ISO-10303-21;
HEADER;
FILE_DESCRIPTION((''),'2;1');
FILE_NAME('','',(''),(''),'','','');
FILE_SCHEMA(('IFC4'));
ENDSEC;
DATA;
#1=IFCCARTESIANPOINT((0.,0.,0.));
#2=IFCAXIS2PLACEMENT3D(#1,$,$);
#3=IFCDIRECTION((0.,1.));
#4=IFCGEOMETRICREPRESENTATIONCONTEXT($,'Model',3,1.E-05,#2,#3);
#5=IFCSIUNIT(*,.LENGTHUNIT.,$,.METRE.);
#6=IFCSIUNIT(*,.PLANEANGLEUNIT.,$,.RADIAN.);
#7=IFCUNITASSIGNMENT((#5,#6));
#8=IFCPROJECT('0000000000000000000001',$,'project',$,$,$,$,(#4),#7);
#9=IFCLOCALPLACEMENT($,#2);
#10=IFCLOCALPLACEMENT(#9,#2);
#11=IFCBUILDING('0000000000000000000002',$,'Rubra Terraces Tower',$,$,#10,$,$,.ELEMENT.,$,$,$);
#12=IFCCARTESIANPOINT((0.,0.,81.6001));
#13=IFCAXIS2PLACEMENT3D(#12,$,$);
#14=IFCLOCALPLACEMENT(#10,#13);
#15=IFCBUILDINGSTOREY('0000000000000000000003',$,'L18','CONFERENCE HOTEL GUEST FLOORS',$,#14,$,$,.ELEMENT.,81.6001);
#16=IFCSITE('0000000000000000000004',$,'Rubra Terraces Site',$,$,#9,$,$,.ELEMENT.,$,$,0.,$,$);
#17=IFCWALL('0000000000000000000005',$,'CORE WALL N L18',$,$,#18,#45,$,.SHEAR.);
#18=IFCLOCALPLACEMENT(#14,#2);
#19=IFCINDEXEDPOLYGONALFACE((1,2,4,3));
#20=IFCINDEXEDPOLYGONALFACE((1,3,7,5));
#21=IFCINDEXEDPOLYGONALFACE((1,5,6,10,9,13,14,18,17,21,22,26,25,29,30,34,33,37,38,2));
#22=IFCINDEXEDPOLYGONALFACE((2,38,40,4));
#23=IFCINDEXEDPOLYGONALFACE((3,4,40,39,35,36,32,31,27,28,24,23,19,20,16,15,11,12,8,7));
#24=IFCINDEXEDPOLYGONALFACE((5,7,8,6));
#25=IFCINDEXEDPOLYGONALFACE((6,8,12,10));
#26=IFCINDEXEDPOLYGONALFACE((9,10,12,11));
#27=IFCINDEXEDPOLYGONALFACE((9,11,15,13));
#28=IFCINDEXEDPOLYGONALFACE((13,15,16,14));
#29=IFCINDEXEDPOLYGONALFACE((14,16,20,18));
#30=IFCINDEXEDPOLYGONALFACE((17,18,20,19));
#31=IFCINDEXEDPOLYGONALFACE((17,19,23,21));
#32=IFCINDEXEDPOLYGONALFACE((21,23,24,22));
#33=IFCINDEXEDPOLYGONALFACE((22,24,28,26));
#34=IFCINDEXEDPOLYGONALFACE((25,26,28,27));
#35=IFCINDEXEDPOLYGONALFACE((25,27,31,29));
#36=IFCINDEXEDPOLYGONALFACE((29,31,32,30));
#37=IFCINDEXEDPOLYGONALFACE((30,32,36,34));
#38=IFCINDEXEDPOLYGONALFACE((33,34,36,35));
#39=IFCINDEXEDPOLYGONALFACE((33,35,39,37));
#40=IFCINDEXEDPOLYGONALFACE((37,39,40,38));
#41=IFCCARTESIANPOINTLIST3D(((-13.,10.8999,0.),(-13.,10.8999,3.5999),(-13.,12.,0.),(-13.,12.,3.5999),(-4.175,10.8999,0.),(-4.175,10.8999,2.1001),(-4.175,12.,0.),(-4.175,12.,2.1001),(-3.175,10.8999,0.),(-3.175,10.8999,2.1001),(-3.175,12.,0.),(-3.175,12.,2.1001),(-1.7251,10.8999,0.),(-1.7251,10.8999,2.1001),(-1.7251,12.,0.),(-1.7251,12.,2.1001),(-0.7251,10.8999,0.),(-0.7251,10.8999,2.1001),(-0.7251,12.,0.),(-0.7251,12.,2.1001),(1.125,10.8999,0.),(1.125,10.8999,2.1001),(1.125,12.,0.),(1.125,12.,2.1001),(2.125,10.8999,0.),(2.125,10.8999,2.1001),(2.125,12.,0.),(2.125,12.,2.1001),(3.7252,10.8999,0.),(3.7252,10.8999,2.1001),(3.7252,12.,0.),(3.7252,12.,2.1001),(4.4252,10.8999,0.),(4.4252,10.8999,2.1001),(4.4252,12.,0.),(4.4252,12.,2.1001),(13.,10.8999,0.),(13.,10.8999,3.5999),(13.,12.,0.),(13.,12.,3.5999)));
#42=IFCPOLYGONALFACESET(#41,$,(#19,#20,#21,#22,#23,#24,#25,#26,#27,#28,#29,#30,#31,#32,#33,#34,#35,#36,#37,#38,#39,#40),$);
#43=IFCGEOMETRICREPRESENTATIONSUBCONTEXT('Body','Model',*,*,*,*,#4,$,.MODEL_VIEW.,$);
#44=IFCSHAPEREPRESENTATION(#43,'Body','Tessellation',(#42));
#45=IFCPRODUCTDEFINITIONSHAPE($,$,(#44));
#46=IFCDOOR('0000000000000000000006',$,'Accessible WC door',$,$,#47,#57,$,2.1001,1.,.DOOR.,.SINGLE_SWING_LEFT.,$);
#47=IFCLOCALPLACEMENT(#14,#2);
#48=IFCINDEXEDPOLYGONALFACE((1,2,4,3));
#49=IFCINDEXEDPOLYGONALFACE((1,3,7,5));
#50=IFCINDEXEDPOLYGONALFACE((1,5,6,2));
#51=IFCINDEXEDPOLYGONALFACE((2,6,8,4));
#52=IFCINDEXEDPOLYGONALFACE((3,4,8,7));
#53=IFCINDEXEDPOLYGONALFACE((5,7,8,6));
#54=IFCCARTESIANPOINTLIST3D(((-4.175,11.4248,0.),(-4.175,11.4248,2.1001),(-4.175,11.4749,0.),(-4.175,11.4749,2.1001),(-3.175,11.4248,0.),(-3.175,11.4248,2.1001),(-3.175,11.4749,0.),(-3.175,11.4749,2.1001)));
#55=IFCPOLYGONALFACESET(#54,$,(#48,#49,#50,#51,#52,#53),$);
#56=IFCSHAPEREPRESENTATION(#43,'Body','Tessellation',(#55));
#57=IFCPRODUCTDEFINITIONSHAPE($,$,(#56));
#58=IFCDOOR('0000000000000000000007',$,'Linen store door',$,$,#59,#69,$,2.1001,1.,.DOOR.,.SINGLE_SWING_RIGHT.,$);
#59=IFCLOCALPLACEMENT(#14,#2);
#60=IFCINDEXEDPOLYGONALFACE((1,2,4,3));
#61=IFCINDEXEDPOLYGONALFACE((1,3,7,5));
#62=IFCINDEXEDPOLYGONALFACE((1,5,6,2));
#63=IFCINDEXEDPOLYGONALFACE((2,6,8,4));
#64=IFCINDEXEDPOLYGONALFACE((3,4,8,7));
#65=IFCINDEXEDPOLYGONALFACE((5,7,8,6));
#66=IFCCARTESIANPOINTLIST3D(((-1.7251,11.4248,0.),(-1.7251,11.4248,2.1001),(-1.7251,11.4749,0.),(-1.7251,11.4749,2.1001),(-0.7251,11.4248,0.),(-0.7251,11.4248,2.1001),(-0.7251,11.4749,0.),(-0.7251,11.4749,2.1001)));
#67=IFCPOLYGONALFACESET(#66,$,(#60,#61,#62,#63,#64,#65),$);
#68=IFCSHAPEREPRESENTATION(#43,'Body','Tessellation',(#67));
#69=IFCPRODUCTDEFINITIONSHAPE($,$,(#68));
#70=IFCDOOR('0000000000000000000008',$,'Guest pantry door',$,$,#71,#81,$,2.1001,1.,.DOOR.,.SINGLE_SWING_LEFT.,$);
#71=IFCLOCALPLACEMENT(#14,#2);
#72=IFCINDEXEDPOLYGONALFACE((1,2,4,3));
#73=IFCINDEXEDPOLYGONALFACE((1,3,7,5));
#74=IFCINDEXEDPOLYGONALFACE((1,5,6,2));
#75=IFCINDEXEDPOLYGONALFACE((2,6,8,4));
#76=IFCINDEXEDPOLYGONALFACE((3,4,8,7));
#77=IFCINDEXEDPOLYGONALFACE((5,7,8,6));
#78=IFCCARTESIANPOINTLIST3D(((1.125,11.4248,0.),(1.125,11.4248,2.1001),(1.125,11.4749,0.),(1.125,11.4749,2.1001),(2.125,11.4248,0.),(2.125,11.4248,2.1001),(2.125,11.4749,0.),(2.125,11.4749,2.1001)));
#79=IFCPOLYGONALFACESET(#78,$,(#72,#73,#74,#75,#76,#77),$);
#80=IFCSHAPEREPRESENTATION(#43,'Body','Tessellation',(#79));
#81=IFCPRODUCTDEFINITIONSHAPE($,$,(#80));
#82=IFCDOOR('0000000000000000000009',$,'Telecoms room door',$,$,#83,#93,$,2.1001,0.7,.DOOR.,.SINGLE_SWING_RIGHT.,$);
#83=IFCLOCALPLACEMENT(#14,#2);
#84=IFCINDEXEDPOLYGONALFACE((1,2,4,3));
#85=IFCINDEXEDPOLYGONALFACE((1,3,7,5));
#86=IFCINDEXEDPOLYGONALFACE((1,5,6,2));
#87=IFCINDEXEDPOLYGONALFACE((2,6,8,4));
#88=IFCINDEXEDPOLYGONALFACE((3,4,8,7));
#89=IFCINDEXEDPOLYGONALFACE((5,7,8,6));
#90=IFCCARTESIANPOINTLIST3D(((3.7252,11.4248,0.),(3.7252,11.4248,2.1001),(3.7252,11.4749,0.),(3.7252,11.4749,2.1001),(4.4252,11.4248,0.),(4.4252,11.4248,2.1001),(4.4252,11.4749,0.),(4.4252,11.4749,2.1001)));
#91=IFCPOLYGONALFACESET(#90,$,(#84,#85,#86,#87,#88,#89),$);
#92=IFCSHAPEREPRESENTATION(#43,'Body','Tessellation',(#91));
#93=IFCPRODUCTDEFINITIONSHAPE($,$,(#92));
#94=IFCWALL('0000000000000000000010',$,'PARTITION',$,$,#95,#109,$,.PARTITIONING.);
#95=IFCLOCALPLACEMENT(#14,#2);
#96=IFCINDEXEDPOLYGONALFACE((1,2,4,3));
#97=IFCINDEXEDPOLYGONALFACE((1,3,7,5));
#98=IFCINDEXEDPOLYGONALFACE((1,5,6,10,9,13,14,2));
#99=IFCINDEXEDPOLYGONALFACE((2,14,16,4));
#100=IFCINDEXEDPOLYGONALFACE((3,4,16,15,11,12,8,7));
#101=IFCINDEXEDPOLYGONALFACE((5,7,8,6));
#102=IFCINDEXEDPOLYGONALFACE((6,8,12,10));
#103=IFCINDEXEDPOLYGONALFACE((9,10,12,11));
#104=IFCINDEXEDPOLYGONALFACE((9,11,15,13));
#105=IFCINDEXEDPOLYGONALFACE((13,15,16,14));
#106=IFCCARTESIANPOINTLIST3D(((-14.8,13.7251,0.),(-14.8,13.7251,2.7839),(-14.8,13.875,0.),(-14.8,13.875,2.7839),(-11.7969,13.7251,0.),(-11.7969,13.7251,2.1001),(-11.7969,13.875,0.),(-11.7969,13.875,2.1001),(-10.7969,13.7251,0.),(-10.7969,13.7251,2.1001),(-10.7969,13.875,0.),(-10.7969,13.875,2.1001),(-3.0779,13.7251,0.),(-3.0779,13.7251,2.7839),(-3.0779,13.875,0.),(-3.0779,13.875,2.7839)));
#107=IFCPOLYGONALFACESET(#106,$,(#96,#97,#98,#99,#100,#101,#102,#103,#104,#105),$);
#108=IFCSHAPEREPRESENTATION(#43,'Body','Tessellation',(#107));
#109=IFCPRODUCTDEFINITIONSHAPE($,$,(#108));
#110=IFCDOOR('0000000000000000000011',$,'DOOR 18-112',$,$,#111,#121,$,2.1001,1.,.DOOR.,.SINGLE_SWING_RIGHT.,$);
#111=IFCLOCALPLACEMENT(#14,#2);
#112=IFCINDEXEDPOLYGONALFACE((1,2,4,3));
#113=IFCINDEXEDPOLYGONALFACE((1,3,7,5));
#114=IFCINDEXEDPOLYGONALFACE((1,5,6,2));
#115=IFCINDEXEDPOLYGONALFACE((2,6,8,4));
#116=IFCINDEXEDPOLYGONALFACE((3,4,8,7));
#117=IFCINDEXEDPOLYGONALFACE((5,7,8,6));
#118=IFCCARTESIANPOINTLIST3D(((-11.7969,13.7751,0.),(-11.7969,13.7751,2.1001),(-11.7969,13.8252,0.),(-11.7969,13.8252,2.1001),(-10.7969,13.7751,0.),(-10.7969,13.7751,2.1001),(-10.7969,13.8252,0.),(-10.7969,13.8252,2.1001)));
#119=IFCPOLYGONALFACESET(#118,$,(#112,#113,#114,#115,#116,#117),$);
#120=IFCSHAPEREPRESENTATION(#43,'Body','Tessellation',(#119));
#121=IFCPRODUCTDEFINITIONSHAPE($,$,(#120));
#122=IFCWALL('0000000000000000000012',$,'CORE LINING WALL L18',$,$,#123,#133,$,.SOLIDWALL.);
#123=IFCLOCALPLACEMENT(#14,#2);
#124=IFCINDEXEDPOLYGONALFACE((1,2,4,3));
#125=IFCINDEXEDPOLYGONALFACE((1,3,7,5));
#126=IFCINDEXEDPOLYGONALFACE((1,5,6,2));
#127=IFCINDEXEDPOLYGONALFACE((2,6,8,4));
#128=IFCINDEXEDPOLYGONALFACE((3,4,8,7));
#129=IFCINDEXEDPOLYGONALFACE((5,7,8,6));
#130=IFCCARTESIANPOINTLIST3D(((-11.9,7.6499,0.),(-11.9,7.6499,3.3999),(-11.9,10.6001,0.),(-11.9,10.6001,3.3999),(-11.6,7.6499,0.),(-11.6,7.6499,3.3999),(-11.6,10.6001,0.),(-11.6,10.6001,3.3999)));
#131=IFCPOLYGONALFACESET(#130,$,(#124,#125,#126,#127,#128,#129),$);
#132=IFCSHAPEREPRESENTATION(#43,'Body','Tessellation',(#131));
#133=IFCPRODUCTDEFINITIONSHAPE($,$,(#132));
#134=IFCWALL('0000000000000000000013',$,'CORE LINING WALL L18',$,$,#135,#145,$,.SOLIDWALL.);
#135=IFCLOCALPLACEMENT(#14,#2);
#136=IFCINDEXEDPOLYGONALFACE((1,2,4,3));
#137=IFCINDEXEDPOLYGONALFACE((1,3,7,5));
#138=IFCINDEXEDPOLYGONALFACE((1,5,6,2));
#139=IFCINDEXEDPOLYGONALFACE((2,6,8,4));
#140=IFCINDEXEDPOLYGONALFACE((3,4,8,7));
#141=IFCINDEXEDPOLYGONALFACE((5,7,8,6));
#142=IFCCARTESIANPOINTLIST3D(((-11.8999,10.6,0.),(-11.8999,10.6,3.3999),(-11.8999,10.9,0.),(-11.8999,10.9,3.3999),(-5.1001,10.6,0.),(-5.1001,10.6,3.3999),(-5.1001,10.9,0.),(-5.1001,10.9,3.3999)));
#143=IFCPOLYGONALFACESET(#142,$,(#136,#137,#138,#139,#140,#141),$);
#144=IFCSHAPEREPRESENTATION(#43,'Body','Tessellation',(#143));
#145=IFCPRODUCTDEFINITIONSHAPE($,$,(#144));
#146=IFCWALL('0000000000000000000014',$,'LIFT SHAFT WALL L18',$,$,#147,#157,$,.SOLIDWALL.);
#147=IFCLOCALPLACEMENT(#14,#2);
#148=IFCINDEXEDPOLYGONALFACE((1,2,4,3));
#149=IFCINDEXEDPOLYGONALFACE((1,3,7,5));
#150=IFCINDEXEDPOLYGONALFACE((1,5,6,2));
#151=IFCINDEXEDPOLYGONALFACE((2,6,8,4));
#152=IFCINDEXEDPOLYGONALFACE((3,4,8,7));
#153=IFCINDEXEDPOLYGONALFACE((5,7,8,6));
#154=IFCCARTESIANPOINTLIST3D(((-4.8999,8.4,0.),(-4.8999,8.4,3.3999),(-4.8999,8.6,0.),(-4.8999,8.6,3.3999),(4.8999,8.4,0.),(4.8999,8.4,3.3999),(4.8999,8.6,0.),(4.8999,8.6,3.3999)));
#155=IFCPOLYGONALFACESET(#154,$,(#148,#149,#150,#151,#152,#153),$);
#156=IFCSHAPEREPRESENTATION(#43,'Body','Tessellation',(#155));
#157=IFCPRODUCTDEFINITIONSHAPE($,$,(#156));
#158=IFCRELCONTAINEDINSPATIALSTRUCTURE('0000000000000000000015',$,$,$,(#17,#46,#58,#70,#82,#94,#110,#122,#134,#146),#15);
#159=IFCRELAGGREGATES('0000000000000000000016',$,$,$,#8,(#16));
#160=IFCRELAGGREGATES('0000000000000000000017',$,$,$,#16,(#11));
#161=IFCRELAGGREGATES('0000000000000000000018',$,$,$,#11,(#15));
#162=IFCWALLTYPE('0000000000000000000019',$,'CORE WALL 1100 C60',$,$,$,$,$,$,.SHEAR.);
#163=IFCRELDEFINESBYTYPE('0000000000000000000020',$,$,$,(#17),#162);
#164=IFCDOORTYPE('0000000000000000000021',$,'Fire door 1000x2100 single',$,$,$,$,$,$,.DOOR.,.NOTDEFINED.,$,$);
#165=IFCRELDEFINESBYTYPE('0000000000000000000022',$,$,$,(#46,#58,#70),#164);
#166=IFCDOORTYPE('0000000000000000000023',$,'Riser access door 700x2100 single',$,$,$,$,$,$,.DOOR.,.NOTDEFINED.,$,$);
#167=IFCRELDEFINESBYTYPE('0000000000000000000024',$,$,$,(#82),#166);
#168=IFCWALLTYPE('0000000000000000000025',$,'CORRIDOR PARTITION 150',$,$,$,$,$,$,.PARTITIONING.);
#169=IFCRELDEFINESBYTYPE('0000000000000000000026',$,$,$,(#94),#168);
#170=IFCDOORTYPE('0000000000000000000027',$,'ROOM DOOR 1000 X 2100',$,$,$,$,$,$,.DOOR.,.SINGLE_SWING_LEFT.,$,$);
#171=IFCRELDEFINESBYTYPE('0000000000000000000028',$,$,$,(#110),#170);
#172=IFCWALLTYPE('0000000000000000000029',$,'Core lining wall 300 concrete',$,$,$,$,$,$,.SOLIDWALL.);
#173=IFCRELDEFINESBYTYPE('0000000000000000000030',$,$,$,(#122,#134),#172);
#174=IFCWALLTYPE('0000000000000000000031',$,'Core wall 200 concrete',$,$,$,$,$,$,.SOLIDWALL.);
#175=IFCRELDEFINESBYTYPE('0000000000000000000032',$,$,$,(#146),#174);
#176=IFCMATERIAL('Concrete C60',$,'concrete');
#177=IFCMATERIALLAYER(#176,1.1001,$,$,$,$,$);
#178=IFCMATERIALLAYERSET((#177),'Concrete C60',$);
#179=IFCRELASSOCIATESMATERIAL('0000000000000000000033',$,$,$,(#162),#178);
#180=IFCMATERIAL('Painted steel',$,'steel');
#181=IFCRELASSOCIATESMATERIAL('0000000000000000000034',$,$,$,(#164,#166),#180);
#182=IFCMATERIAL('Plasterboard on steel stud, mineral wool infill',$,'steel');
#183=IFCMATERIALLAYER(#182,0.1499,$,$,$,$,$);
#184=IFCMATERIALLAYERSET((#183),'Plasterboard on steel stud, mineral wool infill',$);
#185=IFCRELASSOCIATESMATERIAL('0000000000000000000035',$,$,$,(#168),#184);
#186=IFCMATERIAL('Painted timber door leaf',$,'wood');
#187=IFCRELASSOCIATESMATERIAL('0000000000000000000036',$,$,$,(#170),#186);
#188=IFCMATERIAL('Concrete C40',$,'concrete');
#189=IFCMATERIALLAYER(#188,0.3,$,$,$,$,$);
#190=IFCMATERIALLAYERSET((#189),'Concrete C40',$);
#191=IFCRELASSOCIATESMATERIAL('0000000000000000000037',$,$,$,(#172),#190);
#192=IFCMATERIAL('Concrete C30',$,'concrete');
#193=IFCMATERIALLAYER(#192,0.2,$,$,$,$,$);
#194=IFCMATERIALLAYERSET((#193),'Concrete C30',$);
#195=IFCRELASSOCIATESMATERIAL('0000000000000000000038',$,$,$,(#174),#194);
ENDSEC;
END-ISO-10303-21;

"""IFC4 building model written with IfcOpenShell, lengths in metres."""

from ifc_helpers import new_model, si_unit, direction, frame, frame_2d, origin, place, context, subcontext, project, spatial, rectangle, extrude, material, layer, layer_set, type_object, element, fill, save


model = new_model("IFC4")

# Units and contexts
model_context = context("Model", 3, precision=1e-05, world=origin(), true_north=direction((0.0, 1.0)))
body_context = subcontext(model_context, "Body", "Model", "MODEL_VIEW")
ifc_project = project(units=[si_unit("LENGTHUNIT", "METRE"), si_unit("PLANEANGLEUNIT", "RADIAN")], contexts=[model_context])

# Site, building, storey
site_placement = place(None, origin())
site = spatial("IfcSite", under=ifc_project, at=site_placement, Name="Rubra Terraces Site", CompositionType="ELEMENT", RefElevation=0.0)
building_placement = place(site_placement, origin())
building = spatial("IfcBuilding", under=site, at=building_placement, Name="Rubra Terraces Tower", CompositionType="ELEMENT")
storey_placement = place(building_placement, frame((0.0, 0.0, 81.6001)))
storey = spatial("IfcBuildingStorey", under=building, at=storey_placement, Name="L18", Description="CONFERENCE HOTEL GUEST FLOORS", CompositionType="ELEMENT", Elevation=81.6001)

# Wall, openings, doors
ifc_material_1 = material(Name="Concrete C60", Category="concrete")
ifc_layer_1 = layer(ifc_material_1, 1.1001)
ifc_layer_set_1 = layer_set([ifc_layer_1], Name="Concrete C60")
wall_type_1 = type_object("IfcWallType", Name="CORE WALL 1100 C60", PredefinedType="SHEAR", material=ifc_layer_set_1)
wall_1_placement = place(storey_placement, frame((-13.0, 11.45, 0.0), z_axis=(0.0, 0.0, 1.0), x_axis=(1.0, 0.0, 0.0)))
wall_1 = element("IfcWall", 1, at=wall_1_placement, inside=storey, type_object=wall_type_1, Name="CORE WALL N L18", PredefinedType="SHEAR", context=body_context, shape_type="SweptSolid", body=[
    extrude(rectangle(XDim=26.0, YDim=1.1001, at=frame_2d((13.0, 0.0))), origin(), (0.0, 0.0, 1.0), 3.5999),
])
opening_1_placement = place(wall_1_placement, frame((8.825, 0.0, 0.0)))
opening_1 = element("IfcOpeningElement", 2, at=opening_1_placement, cuts=wall_1, PredefinedType="OPENING", context=body_context, shape_type="SweptSolid", body=[
    extrude(rectangle(XDim=1.0, YDim=2.1001, at=frame_2d((0.5, 1.05))), frame((0.0, 0.5601, 0.0), z_axis=(0.0, -1.0, 0.0), x_axis=(1.0, 0.0, 0.0)), (0.0, 0.0, 1.0), 1.1201),
])
opening_2_placement = place(wall_1_placement, frame((11.2749, 0.0, 0.0)))
opening_2 = element("IfcOpeningElement", 3, at=opening_2_placement, cuts=wall_1, PredefinedType="OPENING", context=body_context, shape_type="SweptSolid", body=[
    extrude(rectangle(XDim=1.0, YDim=2.1001, at=frame_2d((0.5, 1.05))), frame((0.0, 0.5601, 0.0), z_axis=(0.0, -1.0, 0.0), x_axis=(1.0, 0.0, 0.0)), (0.0, 0.0, 1.0), 1.1201),
])
opening_3_placement = place(wall_1_placement, frame((14.125, 0.0, 0.0)))
opening_3 = element("IfcOpeningElement", 4, at=opening_3_placement, cuts=wall_1, PredefinedType="OPENING", context=body_context, shape_type="SweptSolid", body=[
    extrude(rectangle(XDim=1.0, YDim=2.1001, at=frame_2d((0.5, 1.05))), frame((0.0, 0.5601, 0.0), z_axis=(0.0, -1.0, 0.0), x_axis=(1.0, 0.0, 0.0)), (0.0, 0.0, 1.0), 1.1201),
])
opening_4_placement = place(wall_1_placement, frame((16.7251, 0.0, 0.0)))
opening_4 = element("IfcOpeningElement", 5, at=opening_4_placement, cuts=wall_1, PredefinedType="OPENING", context=body_context, shape_type="SweptSolid", body=[
    extrude(rectangle(XDim=0.7, YDim=2.1001, at=frame_2d((0.3501, 1.05))), frame((0.0, 0.5601, 0.0), z_axis=(0.0, -1.0, 0.0), x_axis=(1.0, 0.0, 0.0)), (0.0, 0.0, 1.0), 1.1201),
])
ifc_material_2 = material(Name="Painted steel", Category="steel")
door_type_1 = type_object("IfcDoorType", Name="Fire door 1000x2100 single", OperationType="NOTDEFINED", PredefinedType="DOOR", material=ifc_material_2)
door_1_placement = place(opening_1_placement, origin())
door_1 = element("IfcDoor", 6, at=door_1_placement, inside=storey, type_object=door_type_1, Name="Accessible WC door", OperationType="SINGLE_SWING_LEFT", OverallHeight=2.1001, OverallWidth=1.0, PredefinedType="DOOR", context=body_context, shape_type="SweptSolid", body=[
    extrude(rectangle(XDim=1.0, YDim=2.1001, at=frame_2d((0.5, 1.05))), frame((0.0, 0.0249, 0.0), z_axis=(0.0, -1.0, 0.0), x_axis=(1.0, 0.0, 0.0)), (0.0, 0.0, 1.0), 0.05),
])
fill(opening_1, door_1)
door_2_placement = place(opening_2_placement, origin())
door_2 = element("IfcDoor", 7, at=door_2_placement, inside=storey, type_object=door_type_1, Name="Linen store door", OperationType="SINGLE_SWING_RIGHT", OverallHeight=2.1001, OverallWidth=1.0, PredefinedType="DOOR", context=body_context, shape_type="SweptSolid", body=[
    extrude(rectangle(XDim=1.0, YDim=2.1001, at=frame_2d((0.5, 1.05))), frame((0.0, 0.0249, 0.0), z_axis=(0.0, -1.0, 0.0), x_axis=(1.0, 0.0, 0.0)), (0.0, 0.0, 1.0), 0.05),
])
fill(opening_2, door_2)
door_3_placement = place(opening_3_placement, origin())
door_3 = element("IfcDoor", 8, at=door_3_placement, inside=storey, type_object=door_type_1, Name="Guest pantry door", OperationType="SINGLE_SWING_LEFT", OverallHeight=2.1001, OverallWidth=1.0, PredefinedType="DOOR", context=body_context, shape_type="SweptSolid", body=[
    extrude(rectangle(XDim=1.0, YDim=2.1001, at=frame_2d((0.5, 1.05))), frame((0.0, 0.0249, 0.0), z_axis=(0.0, -1.0, 0.0), x_axis=(1.0, 0.0, 0.0)), (0.0, 0.0, 1.0), 0.05),
])
fill(opening_3, door_3)
door_type_2 = type_object("IfcDoorType", Name="Riser access door 700x2100 single", OperationType="NOTDEFINED", PredefinedType="DOOR", material=ifc_material_2)
door_4_placement = place(opening_4_placement, origin())
door_4 = element("IfcDoor", 9, at=door_4_placement, inside=storey, type_object=door_type_2, Name="Telecoms room door", OperationType="SINGLE_SWING_RIGHT", OverallHeight=2.1001, OverallWidth=0.7, PredefinedType="DOOR", context=body_context, shape_type="SweptSolid", body=[
    extrude(rectangle(XDim=0.7, YDim=2.1001, at=frame_2d((0.3501, 1.05))), frame((0.0, 0.0249, 0.0), z_axis=(0.0, -1.0, 0.0), x_axis=(1.0, 0.0, 0.0)), (0.0, 0.0, 1.0), 0.05),
])
fill(opening_4, door_4)

# Wall, opening, door
ifc_material_3 = material(Name="Plasterboard on steel stud, mineral wool infill", Category="steel")
ifc_layer_2 = layer(ifc_material_3, 0.1499)
ifc_layer_set_2 = layer_set([ifc_layer_2], Name="Plasterboard on steel stud, mineral wool infill")
wall_type_2 = type_object("IfcWallType", Name="CORRIDOR PARTITION 150", PredefinedType="PARTITIONING", material=ifc_layer_set_2)
wall_2_placement = place(storey_placement, frame((-3.0779, 13.8, 0.0), z_axis=(0.0, 0.0, 1.0), x_axis=(-1.0, 0.0, 0.0)))
wall_2 = element("IfcWall", 10, at=wall_2_placement, inside=storey, type_object=wall_type_2, Name="PARTITION", PredefinedType="PARTITIONING", context=body_context, shape_type="SweptSolid", body=[
    extrude(rectangle(XDim=11.7222, YDim=0.1499, at=frame_2d((5.8611, 0.0))), origin(), (0.0, 0.0, 1.0), 2.7839),
])
opening_5_placement = place(wall_2_placement, frame((7.719, 0.0, 0.0)))
opening_5 = element("IfcOpeningElement", 11, at=opening_5_placement, cuts=wall_2, PredefinedType="OPENING", context=body_context, shape_type="SweptSolid", body=[
    extrude(rectangle(XDim=1.0, YDim=2.1001, at=frame_2d((0.5, 1.05))), frame((0.0, 0.085, 0.0), z_axis=(0.0, -1.0, 0.0), x_axis=(1.0, 0.0, 0.0)), (0.0, 0.0, 1.0), 0.1699),
])
ifc_material_4 = material(Name="Painted timber door leaf", Category="wood")
door_type_3 = type_object("IfcDoorType", Name="ROOM DOOR 1000 X 2100", OperationType="SINGLE_SWING_LEFT", PredefinedType="DOOR", material=ifc_material_4)
door_5_placement = place(opening_5_placement, origin())
door_5 = element("IfcDoor", 12, at=door_5_placement, inside=storey, type_object=door_type_3, Name="DOOR 18-112", OperationType="SINGLE_SWING_RIGHT", OverallHeight=2.1001, OverallWidth=1.0, PredefinedType="DOOR", context=body_context, shape_type="SweptSolid", body=[
    extrude(rectangle(XDim=1.0, YDim=2.1001, at=frame_2d((0.5, 1.05))), frame((0.0, 0.0249, 0.0), z_axis=(0.0, -1.0, 0.0), x_axis=(1.0, 0.0, 0.0)), (0.0, 0.0, 1.0), 0.05),
])
fill(opening_5, door_5)

# Walls
ifc_material_5 = material(Name="Concrete C40", Category="concrete")
ifc_layer_3 = layer(ifc_material_5, 0.3)
ifc_layer_set_3 = layer_set([ifc_layer_3], Name="Concrete C40")
wall_type_3 = type_object("IfcWallType", Name="Core lining wall 300 concrete", PredefinedType="SOLIDWALL", material=ifc_layer_set_3)
wall_3_placement = place(storey_placement, frame((-11.75, 7.6499, 0.0), z_axis=(0.0, 0.0, 1.0), x_axis=(0.0, 1.0, 0.0)))
element("IfcWall", 13, at=wall_3_placement, inside=storey, type_object=wall_type_3, Name="CORE LINING WALL L18", PredefinedType="SOLIDWALL", context=body_context, shape_type="SweptSolid", body=[
    extrude(rectangle(XDim=2.9502, YDim=0.3, at=frame_2d((1.4751, 0.0))), origin(), (0.0, 0.0, 1.0), 3.3999),
])
wall_4_placement = place(storey_placement, frame((-11.8999, 10.75, 0.0), z_axis=(0.0, 0.0, 1.0), x_axis=(1.0, 0.0, 0.0)))
element("IfcWall", 14, at=wall_4_placement, inside=storey, type_object=wall_type_3, Name="CORE LINING WALL L18", PredefinedType="SOLIDWALL", context=body_context, shape_type="SweptSolid", body=[
    extrude(rectangle(XDim=6.7998, YDim=0.3, at=frame_2d((3.3999, 0.0))), origin(), (0.0, 0.0, 1.0), 3.3999),
])
ifc_material_6 = material(Name="Concrete C30", Category="concrete")
ifc_layer_4 = layer(ifc_material_6, 0.2)
ifc_layer_set_4 = layer_set([ifc_layer_4], Name="Concrete C30")
wall_type_4 = type_object("IfcWallType", Name="Core wall 200 concrete", PredefinedType="SOLIDWALL", material=ifc_layer_set_4)
wall_5_placement = place(storey_placement, frame((-4.8999, 8.5, 0.0), z_axis=(0.0, 0.0, 1.0), x_axis=(1.0, 0.0, 0.0)))
element("IfcWall", 15, at=wall_5_placement, inside=storey, type_object=wall_type_4, Name="LIFT SHAFT WALL L18", PredefinedType="SOLIDWALL", context=body_context, shape_type="SweptSolid", body=[
    extrude(rectangle(XDim=9.7998, YDim=0.2, at=frame_2d((4.8999, 0.0))), origin(), (0.0, 0.0, 1.0), 3.3999),
])

save(model, "model.ifc")
